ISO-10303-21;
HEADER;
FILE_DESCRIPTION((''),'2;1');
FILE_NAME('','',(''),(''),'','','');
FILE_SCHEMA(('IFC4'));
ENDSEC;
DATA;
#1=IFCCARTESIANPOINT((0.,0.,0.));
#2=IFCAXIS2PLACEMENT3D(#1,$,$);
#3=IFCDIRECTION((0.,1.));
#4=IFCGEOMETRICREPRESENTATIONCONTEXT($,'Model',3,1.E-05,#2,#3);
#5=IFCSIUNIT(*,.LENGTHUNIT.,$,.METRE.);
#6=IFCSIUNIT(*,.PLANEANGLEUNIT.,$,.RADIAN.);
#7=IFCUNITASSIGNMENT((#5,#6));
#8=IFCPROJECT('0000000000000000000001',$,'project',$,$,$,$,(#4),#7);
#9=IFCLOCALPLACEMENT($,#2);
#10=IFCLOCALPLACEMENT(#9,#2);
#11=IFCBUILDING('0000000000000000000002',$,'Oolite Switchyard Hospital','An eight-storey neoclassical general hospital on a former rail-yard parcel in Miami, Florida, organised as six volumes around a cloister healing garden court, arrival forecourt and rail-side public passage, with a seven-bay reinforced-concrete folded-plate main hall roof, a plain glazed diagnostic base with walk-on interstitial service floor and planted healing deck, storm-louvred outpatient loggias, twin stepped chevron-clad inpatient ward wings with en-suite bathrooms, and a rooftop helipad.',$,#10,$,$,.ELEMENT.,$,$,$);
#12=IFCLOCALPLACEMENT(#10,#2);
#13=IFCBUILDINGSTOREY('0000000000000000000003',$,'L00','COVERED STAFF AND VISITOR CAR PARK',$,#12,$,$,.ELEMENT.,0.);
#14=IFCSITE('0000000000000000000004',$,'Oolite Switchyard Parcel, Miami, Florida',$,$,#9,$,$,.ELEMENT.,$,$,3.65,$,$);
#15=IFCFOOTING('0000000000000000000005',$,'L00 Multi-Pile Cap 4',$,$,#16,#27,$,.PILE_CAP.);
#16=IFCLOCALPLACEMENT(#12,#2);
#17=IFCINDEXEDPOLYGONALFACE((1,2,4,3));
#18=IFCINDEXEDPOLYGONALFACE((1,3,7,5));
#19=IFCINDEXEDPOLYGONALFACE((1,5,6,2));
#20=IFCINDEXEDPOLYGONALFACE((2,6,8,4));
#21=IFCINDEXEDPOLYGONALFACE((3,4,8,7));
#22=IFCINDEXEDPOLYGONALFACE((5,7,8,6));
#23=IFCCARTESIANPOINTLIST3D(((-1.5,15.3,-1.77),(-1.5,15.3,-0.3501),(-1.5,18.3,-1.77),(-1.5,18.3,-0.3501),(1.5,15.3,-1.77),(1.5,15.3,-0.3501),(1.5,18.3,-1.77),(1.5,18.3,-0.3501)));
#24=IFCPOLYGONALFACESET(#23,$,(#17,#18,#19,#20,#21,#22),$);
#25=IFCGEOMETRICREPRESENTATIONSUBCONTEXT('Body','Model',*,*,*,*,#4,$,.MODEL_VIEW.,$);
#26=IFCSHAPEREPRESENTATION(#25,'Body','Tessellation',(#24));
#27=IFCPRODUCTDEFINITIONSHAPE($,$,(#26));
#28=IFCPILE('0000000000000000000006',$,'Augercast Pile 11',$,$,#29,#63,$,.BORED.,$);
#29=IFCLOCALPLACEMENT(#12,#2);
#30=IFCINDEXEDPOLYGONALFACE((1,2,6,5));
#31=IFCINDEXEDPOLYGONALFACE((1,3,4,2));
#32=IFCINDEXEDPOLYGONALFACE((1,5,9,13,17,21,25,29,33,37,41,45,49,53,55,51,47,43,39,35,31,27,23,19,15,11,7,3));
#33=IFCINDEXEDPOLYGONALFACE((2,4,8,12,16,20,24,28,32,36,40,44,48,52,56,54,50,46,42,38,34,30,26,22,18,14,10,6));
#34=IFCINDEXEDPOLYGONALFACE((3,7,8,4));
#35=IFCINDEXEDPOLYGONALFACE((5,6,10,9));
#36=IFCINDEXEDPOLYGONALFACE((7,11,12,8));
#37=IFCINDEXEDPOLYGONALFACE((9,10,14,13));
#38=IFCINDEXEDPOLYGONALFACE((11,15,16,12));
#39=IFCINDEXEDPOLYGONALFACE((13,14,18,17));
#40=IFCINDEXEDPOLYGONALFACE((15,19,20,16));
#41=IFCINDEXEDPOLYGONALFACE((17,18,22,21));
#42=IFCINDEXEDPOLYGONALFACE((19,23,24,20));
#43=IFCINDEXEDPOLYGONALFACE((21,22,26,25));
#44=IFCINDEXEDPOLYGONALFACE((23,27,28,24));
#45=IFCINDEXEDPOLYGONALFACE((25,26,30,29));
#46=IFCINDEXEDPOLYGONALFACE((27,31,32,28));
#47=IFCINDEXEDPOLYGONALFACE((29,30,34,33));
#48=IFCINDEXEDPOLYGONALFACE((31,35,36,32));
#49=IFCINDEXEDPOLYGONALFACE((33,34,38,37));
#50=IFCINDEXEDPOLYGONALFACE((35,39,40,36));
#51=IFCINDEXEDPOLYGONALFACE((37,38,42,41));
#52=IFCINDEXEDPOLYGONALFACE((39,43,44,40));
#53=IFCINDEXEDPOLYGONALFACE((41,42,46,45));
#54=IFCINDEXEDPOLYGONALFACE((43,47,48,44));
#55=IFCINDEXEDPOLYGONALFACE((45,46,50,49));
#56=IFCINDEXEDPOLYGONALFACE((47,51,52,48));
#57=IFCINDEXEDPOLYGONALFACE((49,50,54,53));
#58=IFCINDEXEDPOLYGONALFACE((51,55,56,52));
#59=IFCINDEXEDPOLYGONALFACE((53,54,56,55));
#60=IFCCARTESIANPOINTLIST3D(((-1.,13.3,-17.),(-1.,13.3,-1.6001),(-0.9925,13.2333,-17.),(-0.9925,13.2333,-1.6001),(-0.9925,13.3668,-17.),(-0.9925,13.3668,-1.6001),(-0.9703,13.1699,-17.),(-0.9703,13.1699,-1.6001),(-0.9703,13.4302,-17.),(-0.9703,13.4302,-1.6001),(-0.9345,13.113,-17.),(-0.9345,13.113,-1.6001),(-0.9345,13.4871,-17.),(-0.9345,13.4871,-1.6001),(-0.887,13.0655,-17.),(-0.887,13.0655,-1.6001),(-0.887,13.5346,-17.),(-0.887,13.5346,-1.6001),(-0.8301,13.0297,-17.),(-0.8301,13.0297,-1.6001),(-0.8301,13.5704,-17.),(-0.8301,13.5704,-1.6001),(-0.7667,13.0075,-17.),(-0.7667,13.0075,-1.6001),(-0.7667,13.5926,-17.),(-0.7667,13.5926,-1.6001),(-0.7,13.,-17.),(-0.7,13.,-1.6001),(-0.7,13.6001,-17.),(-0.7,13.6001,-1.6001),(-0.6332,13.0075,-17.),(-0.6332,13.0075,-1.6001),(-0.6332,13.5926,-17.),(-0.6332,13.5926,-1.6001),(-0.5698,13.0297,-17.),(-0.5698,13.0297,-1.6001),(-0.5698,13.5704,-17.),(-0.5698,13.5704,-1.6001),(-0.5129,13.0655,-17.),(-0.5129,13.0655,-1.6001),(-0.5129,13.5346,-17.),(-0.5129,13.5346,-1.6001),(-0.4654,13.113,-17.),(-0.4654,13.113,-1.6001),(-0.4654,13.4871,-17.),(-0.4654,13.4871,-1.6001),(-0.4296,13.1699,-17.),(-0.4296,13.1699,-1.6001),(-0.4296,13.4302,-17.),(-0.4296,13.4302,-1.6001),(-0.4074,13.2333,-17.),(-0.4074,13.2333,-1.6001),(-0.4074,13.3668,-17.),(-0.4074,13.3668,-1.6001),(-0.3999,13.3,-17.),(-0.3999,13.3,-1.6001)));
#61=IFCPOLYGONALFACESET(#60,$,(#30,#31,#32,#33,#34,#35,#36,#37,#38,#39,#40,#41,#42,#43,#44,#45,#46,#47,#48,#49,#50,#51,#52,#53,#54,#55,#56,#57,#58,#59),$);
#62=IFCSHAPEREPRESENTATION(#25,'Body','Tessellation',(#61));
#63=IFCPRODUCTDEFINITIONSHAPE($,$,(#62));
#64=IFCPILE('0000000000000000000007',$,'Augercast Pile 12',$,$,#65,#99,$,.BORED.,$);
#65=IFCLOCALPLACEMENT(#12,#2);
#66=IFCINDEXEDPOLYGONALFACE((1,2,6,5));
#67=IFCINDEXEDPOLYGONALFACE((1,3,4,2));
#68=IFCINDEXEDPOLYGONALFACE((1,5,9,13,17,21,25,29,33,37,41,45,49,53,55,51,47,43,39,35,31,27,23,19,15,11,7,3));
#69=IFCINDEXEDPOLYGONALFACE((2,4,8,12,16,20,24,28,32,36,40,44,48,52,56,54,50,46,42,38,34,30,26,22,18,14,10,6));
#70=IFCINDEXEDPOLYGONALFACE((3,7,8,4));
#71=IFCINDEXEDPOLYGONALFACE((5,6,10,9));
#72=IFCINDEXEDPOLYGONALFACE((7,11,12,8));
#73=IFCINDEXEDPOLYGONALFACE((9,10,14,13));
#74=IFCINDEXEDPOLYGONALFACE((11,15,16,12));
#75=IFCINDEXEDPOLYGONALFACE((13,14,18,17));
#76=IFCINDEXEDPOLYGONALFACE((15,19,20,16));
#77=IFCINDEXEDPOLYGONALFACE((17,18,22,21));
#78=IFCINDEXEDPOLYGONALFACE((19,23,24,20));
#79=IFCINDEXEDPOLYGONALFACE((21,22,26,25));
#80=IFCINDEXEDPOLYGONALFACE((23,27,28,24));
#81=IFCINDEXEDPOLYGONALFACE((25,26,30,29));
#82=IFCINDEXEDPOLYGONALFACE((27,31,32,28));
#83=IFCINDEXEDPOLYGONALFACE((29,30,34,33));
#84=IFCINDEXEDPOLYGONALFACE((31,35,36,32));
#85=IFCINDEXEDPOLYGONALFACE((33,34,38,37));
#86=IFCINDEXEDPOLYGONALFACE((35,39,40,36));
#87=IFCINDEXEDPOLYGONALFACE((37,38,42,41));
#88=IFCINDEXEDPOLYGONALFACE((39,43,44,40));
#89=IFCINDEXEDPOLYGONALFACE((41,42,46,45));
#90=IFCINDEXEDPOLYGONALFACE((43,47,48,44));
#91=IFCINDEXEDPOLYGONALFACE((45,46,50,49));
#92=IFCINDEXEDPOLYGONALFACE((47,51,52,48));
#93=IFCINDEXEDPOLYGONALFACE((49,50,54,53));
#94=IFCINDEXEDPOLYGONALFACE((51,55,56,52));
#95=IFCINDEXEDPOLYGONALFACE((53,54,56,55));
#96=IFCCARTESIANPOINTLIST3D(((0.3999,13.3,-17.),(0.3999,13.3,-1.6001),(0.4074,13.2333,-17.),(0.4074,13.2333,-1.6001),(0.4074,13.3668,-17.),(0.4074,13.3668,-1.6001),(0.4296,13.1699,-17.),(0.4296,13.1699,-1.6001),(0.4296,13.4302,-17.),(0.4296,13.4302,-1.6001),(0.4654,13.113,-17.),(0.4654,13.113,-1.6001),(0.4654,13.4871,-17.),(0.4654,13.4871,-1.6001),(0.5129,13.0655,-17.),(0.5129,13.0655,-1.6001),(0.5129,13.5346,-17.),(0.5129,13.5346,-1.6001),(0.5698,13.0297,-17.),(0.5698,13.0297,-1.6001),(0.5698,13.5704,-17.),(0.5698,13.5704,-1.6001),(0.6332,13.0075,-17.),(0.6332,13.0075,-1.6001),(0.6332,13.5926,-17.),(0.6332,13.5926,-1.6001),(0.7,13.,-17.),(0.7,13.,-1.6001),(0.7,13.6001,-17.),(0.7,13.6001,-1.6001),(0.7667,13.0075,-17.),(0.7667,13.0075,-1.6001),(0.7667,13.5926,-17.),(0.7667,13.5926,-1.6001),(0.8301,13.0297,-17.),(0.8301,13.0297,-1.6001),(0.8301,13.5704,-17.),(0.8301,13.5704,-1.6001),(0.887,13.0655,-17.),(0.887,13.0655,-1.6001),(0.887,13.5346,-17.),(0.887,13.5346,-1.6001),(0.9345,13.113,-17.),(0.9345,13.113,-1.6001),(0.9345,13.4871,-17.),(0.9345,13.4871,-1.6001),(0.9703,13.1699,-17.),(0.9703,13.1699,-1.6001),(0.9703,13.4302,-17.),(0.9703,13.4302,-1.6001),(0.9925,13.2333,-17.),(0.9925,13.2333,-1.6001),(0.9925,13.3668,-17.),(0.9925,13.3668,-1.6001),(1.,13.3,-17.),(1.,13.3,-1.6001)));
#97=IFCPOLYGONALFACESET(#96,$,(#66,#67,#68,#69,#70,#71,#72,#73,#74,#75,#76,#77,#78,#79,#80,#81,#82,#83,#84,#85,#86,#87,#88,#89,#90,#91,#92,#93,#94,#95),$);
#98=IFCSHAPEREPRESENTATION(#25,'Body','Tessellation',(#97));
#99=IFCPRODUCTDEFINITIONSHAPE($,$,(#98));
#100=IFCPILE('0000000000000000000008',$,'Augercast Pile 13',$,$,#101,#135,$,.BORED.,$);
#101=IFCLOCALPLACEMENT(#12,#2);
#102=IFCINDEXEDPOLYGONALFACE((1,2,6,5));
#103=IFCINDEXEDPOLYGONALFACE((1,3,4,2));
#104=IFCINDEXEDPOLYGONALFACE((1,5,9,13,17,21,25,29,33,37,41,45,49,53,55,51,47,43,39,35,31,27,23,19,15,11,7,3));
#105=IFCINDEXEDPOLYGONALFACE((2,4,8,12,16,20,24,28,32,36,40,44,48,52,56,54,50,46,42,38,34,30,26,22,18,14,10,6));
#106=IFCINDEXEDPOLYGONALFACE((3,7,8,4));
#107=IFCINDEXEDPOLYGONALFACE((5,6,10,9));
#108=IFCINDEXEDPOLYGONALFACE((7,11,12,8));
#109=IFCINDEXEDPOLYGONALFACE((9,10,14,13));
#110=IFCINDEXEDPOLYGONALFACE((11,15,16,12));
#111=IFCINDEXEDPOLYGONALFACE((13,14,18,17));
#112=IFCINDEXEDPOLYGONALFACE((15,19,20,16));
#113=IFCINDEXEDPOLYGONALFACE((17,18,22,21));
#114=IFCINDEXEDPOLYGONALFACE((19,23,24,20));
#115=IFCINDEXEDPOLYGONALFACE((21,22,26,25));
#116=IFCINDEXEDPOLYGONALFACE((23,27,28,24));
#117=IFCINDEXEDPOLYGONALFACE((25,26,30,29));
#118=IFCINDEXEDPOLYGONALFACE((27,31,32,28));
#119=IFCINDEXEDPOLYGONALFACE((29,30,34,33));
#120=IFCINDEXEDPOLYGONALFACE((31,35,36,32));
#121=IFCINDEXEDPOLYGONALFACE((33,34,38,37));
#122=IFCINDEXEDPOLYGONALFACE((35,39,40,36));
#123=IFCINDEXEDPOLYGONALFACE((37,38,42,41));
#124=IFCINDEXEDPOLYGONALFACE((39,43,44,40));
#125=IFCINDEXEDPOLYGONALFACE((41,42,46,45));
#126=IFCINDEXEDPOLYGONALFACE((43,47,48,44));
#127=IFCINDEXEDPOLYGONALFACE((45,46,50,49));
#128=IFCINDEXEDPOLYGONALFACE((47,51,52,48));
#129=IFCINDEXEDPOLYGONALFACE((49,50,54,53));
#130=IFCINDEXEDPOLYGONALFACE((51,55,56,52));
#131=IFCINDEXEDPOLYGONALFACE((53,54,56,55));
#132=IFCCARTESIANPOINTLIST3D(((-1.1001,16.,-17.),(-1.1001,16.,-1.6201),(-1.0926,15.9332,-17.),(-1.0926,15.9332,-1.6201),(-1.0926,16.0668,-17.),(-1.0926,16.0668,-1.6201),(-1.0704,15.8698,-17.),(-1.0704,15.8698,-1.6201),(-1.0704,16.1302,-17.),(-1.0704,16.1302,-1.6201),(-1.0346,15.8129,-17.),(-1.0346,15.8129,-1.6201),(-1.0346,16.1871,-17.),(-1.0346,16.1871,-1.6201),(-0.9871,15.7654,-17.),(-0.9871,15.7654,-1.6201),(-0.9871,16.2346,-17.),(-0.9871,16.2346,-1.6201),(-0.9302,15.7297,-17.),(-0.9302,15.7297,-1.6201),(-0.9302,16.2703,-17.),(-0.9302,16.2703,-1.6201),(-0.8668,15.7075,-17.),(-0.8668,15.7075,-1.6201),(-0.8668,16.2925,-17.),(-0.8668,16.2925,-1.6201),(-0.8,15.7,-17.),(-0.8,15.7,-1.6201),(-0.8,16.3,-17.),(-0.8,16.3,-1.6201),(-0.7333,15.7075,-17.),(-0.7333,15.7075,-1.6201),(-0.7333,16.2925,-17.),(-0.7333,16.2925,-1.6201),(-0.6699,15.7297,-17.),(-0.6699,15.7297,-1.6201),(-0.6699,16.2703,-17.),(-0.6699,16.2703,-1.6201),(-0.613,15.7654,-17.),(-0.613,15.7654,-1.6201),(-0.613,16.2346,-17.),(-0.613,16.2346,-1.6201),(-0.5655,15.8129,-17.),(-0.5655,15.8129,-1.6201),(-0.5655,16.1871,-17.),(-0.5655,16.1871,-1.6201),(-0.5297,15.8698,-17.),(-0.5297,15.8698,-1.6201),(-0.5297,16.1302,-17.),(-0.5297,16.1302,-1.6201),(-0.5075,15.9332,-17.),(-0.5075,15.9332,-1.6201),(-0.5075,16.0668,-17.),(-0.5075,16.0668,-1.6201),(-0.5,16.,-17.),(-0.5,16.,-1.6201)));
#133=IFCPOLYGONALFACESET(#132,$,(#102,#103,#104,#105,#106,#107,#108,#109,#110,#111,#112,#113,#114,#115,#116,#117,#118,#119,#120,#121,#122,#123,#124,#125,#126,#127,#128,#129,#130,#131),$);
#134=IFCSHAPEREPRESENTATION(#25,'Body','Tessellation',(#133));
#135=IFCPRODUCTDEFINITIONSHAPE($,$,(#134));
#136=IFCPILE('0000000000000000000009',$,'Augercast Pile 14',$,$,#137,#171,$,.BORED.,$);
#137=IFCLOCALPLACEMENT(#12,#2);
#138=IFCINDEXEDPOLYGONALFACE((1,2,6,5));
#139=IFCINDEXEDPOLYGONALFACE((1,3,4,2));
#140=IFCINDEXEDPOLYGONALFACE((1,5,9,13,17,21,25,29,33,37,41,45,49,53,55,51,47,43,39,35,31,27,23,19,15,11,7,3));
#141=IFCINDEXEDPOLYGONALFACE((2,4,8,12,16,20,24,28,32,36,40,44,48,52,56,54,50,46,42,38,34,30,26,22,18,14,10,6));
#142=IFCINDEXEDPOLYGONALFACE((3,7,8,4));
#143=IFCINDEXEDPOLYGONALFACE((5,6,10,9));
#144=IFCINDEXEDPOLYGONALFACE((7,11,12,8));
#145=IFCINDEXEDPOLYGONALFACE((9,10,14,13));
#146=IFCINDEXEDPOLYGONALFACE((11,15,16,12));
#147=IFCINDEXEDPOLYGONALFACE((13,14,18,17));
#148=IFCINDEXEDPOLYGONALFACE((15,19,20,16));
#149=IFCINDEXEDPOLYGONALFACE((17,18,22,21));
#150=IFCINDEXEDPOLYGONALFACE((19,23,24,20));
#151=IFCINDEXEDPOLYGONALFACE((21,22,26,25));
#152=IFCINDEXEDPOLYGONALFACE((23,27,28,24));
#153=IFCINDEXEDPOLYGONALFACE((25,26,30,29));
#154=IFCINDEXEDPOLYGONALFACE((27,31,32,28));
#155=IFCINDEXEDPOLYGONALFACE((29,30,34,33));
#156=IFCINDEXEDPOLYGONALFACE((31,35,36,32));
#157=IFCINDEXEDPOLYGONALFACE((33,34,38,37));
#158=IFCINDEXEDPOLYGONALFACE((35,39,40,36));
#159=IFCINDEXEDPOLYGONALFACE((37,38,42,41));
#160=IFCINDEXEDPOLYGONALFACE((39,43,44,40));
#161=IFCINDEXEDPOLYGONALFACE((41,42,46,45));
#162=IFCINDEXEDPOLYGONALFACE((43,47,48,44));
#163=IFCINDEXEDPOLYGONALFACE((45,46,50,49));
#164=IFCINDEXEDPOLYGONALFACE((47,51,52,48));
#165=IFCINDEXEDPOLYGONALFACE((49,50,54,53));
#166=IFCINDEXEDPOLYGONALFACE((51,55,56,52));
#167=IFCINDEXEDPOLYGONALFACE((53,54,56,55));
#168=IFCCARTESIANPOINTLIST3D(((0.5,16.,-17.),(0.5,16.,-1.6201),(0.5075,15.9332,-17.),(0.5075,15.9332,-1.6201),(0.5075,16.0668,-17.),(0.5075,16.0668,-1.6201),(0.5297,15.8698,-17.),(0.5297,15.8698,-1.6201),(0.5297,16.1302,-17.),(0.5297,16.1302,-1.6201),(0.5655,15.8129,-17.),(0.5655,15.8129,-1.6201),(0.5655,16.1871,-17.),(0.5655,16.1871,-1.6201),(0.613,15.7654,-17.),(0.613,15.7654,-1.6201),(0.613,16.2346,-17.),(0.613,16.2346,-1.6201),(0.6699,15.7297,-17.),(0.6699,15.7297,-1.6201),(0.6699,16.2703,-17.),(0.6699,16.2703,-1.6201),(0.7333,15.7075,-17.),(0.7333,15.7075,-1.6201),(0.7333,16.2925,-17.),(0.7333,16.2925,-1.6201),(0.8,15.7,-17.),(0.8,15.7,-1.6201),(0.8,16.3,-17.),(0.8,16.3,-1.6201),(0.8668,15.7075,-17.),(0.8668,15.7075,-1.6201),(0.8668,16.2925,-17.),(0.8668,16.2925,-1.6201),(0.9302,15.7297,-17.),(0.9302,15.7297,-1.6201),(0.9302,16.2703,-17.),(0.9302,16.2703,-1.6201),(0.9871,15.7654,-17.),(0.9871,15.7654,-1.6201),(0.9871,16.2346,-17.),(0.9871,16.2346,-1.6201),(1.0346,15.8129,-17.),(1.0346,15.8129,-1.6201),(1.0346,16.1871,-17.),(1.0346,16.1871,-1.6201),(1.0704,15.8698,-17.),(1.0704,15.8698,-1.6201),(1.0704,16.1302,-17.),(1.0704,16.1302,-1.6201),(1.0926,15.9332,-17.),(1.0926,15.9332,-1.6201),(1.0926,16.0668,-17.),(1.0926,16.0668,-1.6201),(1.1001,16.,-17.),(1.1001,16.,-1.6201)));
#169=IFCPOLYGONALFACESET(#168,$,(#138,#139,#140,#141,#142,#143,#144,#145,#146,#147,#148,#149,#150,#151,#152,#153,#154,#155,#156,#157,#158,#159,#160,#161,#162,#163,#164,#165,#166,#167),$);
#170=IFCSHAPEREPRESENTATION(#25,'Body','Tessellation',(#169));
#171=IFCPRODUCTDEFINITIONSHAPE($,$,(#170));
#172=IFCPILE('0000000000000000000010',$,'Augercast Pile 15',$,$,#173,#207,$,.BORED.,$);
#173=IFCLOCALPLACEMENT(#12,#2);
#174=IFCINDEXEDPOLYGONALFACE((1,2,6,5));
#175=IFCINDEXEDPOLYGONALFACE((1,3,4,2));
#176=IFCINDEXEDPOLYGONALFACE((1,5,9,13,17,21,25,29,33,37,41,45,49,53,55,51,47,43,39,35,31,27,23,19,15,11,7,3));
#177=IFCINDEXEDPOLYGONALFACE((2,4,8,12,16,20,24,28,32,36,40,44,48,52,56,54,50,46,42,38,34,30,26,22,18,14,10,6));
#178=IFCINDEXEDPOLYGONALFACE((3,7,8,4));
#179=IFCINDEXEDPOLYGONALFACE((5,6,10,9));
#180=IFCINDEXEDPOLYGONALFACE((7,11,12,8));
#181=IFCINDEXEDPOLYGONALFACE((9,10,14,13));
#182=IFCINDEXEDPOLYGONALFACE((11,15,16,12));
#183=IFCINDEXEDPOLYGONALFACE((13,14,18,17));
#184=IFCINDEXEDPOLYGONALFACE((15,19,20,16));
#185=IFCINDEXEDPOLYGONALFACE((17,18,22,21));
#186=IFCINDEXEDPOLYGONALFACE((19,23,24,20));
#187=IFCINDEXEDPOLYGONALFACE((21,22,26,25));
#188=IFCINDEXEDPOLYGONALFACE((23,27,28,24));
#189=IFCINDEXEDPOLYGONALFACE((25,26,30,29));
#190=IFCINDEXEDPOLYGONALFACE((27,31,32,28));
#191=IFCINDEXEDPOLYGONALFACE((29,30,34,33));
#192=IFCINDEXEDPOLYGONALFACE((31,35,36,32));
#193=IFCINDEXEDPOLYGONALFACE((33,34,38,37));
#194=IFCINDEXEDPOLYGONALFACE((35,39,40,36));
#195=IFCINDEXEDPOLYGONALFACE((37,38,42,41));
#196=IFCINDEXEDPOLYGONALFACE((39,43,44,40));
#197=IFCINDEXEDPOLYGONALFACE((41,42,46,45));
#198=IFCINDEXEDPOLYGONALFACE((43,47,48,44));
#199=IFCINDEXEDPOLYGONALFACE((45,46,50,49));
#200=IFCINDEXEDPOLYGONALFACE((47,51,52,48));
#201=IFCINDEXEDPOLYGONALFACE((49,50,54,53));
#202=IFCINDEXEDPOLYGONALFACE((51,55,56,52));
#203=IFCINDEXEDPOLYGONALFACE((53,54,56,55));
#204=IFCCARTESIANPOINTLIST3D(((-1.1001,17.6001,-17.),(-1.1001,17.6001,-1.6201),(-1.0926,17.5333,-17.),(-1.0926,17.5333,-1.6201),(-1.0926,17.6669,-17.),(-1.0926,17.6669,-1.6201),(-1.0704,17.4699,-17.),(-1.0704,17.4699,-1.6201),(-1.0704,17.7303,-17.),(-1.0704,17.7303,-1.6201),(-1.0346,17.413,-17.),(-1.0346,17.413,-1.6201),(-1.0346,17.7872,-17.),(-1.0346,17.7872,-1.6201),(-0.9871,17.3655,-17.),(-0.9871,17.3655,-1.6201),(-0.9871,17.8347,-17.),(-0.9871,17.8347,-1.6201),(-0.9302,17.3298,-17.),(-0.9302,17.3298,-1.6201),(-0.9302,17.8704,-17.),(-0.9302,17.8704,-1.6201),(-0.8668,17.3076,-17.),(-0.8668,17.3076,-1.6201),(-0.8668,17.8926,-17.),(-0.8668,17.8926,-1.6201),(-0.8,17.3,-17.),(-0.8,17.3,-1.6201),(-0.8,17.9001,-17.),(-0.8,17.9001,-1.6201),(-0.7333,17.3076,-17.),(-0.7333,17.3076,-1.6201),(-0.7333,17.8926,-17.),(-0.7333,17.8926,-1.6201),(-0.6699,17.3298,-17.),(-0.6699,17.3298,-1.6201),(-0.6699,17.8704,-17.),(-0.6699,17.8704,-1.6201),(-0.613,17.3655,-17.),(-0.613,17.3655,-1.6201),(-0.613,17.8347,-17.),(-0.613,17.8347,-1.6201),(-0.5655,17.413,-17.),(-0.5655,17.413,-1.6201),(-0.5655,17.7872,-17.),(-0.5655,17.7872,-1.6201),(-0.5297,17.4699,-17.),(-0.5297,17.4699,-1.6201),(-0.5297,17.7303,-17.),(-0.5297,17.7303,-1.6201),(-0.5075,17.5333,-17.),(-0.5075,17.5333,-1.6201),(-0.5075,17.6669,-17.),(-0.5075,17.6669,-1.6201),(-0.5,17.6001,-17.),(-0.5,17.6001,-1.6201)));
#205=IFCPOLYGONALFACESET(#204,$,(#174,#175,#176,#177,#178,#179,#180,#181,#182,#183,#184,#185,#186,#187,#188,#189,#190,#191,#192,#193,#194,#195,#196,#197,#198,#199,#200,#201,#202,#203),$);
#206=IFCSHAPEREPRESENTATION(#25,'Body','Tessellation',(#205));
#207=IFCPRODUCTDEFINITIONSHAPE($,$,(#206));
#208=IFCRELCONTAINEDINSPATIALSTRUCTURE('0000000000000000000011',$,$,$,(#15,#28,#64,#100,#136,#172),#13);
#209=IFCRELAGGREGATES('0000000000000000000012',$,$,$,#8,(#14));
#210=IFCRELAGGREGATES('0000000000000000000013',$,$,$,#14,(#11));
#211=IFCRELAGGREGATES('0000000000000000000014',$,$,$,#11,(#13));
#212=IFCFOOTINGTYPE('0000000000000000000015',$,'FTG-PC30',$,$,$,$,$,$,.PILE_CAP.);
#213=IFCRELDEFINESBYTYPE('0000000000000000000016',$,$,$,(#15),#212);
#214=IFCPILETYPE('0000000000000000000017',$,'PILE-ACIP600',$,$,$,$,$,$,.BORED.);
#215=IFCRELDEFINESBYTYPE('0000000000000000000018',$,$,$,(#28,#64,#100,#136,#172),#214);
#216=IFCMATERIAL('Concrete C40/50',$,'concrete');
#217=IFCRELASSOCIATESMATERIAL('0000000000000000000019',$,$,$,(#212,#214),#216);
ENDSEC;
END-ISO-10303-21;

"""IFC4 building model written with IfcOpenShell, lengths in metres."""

from ifc_helpers import new_model, si_unit, direction, frame, origin, origin_2d, place, context, subcontext, project, spatial, rectangle, circle, extrude, material, material_profile, profile_set, type_object, element, save


model = new_model("IFC4")

# Units and contexts
model_context = context("Model", 3, precision=1e-05, world=origin(), true_north=direction((0.0, 1.0)))
body_context = subcontext(model_context, "Body", "Model", "MODEL_VIEW")
ifc_project = project(units=[si_unit("LENGTHUNIT", "METRE"), si_unit("PLANEANGLEUNIT", "RADIAN")], contexts=[model_context])

# Site, building, storey
site_placement = place(None, origin())
site = spatial("IfcSite", under=ifc_project, at=site_placement, Name="Oolite Switchyard Parcel, Miami, Florida", CompositionType="ELEMENT", RefElevation=3.65)
building_placement = place(site_placement, origin())
building = spatial("IfcBuilding", under=site, at=building_placement, Name="Oolite Switchyard Hospital", Description="An eight-storey neoclassical general hospital on a former rail-yard parcel in Miami, Florida, organised as six volumes around a cloister healing garden court, arrival forecourt and rail-side public passage, with a seven-bay reinforced-concrete folded-plate main hall roof, a plain glazed diagnostic base with walk-on interstitial service floor and planted healing deck, storm-louvred outpatient loggias, twin stepped chevron-clad inpatient ward wings with en-suite bathrooms, and a rooftop helipad.", CompositionType="ELEMENT")
storey_placement = place(building_placement, origin())
storey = spatial("IfcBuildingStorey", under=building, at=storey_placement, Name="L00", Description="COVERED STAFF AND VISITOR CAR PARK", CompositionType="ELEMENT", Elevation=0.0)

# Footing
ifc_material_1 = material(Name="Concrete C40/50", Category="concrete")
footing_type = type_object("IfcFootingType", Name="FTG-PC30", PredefinedType="PILE_CAP", material=ifc_material_1)
footing_placement = place(storey_placement, frame((0.0, 16.8, -1.77), z_axis=(0.0, 0.0, 1.0), x_axis=(1.0, 0.0, 0.0)))
element("IfcFooting", 1, at=footing_placement, inside=storey, type_object=footing_type, Name="L00 Multi-Pile Cap 4", PredefinedType="PILE_CAP", context=body_context, shape_type="SweptSolid", body=[
    extrude(rectangle(XDim=3.0, YDim=3.0, at=origin_2d()), origin(), (0.0, 0.0, 1.0), 1.4199),
])

# Piles
ifc_material_profile_1 = material_profile(ifc_material_1, circle(Radius=0.3, at=origin_2d()), Name="PILE600")
ifc_profile_set_1 = profile_set([ifc_material_profile_1], Name="Concrete C40/50")
pile_type = type_object("IfcPileType", Name="PILE-ACIP600", PredefinedType="BORED", material=ifc_profile_set_1)
for number, where, z_axis, x_axis, name in (
    (2, (-0.7, 13.3, -1.6001), (0.0, 0.0, -1.0), (1.0, 0.0, 0.0), "Augercast Pile 11"),
    (3, (0.7, 13.3, -1.6001), (0.0, 0.0, -1.0), (1.0, 0.0, 0.0), "Augercast Pile 12"),
):
    element("IfcPile", number, at=place(storey_placement, frame(where, z_axis=z_axis, x_axis=x_axis)), inside=storey, type_object=pile_type, Name=name, PredefinedType="BORED", context=body_context, shape_type="SweptSolid", body=[
        extrude(circle(Radius=0.3, at=origin_2d()), origin(), (0.0, 0.0, 1.0), 15.3999),
    ])
for number, where, z_axis, x_axis, name in (
    (4, (-0.8, 16.0, -1.6201), (0.0, 0.0, -1.0), (1.0, 0.0, 0.0), "Augercast Pile 13"),
    (5, (0.8, 16.0, -1.6201), (0.0, 0.0, -1.0), (1.0, 0.0, 0.0), "Augercast Pile 14"),
    (6, (-0.8, 17.6001, -1.6201), (0.0, 0.0, -1.0), (1.0, 0.0, 0.0), "Augercast Pile 15"),
):
    element("IfcPile", number, at=place(storey_placement, frame(where, z_axis=z_axis, x_axis=x_axis)), inside=storey, type_object=pile_type, Name=name, PredefinedType="BORED", context=body_context, shape_type="SweptSolid", body=[
        extrude(circle(Radius=0.3, at=origin_2d()), origin(), (0.0, 0.0, 1.0), 15.3799),
    ])

save(model, "model.ifc")
